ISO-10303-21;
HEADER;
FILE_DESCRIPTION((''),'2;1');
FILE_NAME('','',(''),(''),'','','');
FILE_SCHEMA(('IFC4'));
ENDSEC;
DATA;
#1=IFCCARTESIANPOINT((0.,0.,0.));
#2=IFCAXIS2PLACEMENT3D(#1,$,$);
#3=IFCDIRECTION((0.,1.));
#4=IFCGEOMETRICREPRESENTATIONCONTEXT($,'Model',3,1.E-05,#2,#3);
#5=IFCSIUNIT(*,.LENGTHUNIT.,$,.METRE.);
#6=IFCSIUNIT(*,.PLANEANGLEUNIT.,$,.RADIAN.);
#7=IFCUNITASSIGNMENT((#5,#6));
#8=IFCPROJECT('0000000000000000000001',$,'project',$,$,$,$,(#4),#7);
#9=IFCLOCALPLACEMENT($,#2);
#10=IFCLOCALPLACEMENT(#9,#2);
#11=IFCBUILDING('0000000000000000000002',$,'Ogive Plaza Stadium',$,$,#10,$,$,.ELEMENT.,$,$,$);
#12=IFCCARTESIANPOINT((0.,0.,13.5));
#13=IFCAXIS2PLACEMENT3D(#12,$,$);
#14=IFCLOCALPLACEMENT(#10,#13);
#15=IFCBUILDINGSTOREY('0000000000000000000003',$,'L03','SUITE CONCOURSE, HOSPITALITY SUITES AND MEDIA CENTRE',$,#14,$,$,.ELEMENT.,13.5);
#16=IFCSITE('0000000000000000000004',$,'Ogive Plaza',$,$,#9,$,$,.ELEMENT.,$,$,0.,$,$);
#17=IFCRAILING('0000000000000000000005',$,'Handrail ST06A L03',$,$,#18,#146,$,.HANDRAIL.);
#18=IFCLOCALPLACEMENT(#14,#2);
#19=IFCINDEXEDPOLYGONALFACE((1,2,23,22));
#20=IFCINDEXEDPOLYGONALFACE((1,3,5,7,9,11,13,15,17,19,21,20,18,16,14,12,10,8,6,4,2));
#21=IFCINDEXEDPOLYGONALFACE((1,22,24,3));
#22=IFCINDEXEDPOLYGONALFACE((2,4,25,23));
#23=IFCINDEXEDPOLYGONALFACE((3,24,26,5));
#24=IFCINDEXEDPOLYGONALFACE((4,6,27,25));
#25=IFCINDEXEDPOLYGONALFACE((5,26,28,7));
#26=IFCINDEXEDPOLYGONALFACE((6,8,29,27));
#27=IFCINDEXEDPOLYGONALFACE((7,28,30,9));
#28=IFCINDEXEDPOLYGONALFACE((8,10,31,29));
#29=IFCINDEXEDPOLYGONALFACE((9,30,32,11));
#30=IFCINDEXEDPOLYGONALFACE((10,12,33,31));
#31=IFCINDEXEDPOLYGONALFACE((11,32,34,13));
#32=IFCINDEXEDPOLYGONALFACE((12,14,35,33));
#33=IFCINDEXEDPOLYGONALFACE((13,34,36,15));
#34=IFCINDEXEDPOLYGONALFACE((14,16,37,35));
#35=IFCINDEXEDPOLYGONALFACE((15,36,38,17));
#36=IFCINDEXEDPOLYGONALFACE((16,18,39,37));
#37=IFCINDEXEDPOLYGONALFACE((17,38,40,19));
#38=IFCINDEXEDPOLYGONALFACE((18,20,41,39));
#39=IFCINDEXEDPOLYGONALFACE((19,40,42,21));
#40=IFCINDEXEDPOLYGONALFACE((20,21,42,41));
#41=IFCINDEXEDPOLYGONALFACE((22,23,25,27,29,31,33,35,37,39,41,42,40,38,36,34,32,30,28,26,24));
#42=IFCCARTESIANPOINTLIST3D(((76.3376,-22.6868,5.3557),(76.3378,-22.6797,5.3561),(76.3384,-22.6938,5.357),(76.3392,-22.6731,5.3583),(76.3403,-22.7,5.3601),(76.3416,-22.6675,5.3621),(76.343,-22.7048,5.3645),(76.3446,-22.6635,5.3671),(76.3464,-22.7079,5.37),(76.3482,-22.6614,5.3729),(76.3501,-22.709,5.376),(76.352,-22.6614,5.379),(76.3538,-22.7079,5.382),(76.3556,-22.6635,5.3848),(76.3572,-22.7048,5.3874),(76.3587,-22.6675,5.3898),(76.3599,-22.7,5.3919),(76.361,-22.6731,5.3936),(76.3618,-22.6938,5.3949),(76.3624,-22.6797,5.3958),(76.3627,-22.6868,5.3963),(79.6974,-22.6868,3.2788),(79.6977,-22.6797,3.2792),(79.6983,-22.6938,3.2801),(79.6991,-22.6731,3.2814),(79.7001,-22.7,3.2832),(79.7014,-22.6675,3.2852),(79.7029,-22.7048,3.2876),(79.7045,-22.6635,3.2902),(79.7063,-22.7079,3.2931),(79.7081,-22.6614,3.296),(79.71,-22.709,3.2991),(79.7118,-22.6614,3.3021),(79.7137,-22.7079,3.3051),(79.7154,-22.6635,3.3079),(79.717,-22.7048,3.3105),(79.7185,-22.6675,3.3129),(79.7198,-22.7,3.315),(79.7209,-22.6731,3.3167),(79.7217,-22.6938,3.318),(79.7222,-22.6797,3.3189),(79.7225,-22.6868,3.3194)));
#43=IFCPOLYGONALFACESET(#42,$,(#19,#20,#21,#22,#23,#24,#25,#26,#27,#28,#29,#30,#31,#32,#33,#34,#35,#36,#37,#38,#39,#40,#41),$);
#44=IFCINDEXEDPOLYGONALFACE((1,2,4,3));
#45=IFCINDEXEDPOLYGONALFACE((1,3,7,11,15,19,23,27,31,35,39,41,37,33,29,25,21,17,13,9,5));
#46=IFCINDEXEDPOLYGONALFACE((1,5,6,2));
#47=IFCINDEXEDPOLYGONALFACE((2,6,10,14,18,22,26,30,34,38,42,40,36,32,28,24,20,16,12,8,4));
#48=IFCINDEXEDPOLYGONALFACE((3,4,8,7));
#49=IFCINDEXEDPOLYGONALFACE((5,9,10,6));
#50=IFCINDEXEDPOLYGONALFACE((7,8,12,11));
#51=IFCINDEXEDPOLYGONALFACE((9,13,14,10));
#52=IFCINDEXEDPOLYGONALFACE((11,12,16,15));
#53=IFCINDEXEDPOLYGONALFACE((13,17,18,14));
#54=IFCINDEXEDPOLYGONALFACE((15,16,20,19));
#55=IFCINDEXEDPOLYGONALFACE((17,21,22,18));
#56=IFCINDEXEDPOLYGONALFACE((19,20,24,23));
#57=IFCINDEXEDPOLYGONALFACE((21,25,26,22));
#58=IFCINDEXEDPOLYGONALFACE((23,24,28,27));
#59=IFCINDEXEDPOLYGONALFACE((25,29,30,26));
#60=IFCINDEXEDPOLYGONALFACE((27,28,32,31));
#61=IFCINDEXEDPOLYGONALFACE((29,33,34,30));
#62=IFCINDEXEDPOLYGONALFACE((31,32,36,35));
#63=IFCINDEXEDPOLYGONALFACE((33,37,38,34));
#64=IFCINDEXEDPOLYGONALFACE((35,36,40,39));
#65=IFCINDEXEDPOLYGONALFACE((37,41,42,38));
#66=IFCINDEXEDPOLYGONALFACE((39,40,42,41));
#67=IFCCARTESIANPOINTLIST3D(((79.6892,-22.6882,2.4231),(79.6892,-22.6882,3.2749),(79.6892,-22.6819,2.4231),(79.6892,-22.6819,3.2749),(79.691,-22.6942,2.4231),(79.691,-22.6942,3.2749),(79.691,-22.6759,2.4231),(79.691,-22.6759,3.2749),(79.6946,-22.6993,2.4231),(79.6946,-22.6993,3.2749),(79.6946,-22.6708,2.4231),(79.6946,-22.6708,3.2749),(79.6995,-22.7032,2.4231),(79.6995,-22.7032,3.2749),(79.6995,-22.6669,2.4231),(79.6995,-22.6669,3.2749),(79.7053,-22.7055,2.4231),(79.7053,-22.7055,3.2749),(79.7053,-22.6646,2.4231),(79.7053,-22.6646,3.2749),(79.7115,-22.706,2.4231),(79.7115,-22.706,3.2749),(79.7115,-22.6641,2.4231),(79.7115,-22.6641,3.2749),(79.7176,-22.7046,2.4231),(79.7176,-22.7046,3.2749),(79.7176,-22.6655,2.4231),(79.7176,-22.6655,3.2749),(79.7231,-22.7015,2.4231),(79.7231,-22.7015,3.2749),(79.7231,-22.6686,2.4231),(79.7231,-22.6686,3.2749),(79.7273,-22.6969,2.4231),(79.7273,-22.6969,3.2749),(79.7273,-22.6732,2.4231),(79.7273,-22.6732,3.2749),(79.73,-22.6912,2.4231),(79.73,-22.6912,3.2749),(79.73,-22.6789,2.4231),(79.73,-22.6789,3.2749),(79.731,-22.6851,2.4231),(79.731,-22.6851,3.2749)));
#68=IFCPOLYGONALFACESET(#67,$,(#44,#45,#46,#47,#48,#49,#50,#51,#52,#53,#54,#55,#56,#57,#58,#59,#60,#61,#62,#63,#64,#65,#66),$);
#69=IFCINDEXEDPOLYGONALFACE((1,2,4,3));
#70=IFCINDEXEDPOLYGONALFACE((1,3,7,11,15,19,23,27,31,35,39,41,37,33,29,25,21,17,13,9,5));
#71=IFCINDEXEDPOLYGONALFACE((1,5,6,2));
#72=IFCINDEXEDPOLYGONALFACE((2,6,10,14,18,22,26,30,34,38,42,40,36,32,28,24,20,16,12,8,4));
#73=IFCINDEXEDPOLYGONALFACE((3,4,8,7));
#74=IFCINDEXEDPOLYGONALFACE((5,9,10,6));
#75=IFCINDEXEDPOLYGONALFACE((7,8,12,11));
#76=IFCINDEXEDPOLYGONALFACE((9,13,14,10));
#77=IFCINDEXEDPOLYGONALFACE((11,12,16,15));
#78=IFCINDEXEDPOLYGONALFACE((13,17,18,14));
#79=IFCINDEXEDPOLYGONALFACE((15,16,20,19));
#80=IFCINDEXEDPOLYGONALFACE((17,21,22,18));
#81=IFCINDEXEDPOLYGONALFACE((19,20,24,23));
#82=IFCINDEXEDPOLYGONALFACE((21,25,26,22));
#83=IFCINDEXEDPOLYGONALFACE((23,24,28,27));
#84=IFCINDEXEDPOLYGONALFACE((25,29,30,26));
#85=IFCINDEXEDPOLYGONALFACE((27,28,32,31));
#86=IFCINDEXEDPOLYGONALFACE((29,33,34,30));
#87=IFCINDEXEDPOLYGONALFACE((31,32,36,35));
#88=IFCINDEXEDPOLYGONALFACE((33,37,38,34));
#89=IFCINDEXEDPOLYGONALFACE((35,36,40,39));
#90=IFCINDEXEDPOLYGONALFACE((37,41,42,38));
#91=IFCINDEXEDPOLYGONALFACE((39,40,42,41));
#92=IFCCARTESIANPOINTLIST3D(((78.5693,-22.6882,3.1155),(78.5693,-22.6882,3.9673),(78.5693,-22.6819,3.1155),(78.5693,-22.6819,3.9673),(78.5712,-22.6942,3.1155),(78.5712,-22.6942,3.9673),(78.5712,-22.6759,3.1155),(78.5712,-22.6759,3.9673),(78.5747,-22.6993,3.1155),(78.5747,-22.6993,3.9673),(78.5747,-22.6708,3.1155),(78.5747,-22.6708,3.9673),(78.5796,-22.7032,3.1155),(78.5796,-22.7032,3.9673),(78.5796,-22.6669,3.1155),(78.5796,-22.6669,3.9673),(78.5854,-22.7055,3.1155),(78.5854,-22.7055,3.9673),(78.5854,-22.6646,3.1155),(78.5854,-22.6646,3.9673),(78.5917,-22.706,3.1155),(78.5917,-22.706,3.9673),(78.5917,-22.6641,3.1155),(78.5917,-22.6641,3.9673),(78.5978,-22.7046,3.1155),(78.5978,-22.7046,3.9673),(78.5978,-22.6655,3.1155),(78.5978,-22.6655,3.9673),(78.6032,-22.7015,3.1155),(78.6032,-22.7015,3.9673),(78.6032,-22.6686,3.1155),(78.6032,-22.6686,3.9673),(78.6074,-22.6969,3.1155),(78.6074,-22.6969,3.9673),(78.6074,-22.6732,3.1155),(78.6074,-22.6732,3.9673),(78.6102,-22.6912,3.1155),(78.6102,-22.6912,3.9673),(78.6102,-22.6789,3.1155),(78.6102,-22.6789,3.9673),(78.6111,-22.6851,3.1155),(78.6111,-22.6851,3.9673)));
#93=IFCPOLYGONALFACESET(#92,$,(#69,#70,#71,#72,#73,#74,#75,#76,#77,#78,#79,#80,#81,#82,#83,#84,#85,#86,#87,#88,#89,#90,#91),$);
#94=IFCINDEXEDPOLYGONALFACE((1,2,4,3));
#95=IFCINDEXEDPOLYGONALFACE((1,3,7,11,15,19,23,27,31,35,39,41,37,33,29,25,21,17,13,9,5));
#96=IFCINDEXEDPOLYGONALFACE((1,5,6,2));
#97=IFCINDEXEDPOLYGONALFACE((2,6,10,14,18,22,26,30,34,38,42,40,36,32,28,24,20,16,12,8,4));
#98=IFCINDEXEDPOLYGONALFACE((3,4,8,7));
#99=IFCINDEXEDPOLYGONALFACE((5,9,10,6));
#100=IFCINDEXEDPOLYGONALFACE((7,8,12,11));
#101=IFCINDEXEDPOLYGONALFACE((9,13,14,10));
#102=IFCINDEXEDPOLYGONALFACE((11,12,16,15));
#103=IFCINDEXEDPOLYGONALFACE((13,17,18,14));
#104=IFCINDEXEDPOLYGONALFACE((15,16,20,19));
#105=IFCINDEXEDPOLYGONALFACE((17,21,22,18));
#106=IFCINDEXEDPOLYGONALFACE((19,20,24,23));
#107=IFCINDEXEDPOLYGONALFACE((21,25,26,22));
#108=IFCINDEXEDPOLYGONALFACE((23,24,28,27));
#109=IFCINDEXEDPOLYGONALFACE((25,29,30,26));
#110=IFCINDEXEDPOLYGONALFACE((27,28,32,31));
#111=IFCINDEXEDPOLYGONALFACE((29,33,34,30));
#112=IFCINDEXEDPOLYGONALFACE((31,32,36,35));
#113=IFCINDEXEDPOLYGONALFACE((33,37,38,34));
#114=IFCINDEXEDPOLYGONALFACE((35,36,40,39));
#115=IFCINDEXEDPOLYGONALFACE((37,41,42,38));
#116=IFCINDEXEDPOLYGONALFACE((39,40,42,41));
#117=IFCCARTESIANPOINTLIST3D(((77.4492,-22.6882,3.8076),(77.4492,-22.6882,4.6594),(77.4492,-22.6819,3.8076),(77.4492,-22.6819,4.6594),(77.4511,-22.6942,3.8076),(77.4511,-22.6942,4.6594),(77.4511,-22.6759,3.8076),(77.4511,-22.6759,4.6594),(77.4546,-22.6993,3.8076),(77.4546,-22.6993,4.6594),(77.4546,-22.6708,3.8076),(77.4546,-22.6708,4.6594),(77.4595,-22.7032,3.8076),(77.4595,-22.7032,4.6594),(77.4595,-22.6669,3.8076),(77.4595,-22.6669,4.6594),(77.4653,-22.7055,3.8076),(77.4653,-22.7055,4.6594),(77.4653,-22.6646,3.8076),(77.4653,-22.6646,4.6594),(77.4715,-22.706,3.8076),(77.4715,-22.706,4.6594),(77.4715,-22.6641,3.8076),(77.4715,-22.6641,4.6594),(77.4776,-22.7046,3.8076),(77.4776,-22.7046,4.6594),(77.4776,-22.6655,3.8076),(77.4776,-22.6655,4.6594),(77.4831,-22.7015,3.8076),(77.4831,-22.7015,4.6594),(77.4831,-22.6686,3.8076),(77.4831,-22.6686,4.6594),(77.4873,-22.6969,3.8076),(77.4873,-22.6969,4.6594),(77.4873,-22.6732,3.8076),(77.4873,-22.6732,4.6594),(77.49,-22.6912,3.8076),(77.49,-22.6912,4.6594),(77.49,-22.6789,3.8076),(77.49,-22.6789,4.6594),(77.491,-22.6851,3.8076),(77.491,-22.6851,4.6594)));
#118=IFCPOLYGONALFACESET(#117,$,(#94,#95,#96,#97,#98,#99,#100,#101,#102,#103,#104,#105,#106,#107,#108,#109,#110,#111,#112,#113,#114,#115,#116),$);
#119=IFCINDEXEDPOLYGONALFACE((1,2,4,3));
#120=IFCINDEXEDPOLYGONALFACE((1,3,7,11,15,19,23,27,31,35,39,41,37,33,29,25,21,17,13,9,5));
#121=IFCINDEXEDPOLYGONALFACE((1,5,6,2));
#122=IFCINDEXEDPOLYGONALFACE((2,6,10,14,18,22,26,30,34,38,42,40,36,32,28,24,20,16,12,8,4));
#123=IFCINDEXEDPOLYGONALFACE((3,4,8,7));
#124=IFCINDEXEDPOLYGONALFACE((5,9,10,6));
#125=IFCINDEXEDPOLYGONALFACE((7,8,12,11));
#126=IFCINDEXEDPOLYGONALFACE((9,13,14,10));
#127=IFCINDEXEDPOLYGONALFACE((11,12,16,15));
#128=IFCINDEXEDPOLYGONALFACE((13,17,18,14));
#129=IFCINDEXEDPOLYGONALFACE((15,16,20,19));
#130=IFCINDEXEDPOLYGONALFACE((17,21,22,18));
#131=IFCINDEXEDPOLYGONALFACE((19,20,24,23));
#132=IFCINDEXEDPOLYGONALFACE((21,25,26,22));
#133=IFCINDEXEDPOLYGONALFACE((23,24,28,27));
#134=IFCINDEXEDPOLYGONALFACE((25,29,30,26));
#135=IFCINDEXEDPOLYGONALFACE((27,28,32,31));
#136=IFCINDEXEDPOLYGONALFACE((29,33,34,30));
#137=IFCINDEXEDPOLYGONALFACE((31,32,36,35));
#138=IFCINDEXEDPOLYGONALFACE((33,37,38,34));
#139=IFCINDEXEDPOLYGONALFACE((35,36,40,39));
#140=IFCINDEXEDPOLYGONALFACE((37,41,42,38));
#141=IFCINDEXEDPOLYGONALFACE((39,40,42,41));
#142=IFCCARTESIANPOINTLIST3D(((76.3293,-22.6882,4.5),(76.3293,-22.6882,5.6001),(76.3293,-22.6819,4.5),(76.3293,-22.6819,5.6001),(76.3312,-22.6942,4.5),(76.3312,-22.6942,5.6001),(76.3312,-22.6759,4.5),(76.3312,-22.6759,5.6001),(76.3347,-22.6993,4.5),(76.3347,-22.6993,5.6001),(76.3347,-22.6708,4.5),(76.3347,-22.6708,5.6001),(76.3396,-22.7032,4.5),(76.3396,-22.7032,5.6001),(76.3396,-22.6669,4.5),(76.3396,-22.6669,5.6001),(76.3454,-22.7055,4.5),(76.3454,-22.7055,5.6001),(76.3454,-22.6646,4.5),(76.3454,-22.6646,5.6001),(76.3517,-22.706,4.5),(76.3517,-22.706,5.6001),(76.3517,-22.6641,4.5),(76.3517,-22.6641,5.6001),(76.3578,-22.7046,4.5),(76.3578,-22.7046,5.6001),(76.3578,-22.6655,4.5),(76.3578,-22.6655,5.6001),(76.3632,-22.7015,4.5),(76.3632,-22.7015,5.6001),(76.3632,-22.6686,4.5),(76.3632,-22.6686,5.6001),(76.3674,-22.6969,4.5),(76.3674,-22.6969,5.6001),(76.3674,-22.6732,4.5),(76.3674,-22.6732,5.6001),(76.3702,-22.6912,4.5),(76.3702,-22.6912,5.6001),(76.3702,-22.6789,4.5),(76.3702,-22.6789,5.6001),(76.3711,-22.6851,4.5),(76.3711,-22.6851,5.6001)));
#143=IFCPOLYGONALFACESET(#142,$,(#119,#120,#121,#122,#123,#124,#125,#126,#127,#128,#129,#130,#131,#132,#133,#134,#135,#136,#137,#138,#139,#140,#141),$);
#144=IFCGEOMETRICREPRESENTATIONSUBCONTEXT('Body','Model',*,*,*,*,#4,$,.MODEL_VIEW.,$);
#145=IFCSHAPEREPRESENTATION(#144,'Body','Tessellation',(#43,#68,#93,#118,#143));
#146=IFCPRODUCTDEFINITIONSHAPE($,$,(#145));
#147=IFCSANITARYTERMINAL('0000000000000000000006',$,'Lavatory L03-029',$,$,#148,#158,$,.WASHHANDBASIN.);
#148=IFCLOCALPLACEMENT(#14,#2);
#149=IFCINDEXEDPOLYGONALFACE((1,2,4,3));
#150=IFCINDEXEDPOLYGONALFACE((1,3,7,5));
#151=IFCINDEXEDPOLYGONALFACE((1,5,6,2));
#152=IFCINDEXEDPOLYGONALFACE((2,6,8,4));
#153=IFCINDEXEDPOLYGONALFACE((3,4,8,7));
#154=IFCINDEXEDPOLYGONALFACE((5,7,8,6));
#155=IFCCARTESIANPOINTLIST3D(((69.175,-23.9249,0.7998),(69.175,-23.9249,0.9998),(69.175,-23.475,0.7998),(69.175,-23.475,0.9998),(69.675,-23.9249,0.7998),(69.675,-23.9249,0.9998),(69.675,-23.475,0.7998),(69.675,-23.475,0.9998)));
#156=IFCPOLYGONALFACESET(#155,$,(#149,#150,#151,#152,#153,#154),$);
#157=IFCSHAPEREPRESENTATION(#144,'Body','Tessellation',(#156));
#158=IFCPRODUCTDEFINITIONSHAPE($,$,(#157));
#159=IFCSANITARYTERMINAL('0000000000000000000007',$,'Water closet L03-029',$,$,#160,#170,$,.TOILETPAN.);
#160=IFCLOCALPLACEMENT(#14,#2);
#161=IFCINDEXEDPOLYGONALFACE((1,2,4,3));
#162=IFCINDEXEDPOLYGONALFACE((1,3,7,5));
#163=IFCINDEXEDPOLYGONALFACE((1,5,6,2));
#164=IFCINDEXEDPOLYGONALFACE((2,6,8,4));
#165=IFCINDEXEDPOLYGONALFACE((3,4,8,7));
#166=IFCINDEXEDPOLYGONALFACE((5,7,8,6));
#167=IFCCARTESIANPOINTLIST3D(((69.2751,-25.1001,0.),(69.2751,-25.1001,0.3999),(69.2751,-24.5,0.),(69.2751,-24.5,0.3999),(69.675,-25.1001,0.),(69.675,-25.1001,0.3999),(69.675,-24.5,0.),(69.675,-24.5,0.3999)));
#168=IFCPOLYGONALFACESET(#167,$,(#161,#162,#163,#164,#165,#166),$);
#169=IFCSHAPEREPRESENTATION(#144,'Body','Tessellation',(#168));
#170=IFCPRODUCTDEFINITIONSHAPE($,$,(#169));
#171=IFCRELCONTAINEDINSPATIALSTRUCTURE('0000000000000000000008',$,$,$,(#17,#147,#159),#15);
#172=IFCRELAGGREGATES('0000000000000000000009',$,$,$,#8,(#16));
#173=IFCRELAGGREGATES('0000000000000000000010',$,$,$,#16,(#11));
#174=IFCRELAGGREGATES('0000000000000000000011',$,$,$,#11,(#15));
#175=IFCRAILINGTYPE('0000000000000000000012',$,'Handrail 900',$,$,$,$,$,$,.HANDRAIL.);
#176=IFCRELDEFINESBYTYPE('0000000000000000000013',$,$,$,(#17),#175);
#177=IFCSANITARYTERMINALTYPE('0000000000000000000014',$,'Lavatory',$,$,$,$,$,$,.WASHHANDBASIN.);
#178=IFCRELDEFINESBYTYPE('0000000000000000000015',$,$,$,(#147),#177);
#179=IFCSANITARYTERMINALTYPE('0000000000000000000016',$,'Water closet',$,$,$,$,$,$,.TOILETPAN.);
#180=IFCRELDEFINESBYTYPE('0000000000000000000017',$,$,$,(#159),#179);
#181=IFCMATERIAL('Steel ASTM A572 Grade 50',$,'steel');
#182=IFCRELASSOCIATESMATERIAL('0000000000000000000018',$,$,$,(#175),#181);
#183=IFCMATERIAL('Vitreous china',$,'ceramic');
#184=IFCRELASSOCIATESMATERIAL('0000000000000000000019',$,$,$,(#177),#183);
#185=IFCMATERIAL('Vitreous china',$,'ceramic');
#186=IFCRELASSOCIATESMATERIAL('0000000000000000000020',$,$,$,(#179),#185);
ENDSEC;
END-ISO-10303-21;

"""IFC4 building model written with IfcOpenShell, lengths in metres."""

from ifc_helpers import new_model, si_unit, direction, frame, origin, origin_2d, place, context, subcontext, project, spatial, rectangle, circle, extrude, material, type_object, element, save


model = new_model("IFC4")

# Units and contexts
model_context = context("Model", 3, precision=1e-05, world=origin(), true_north=direction((0.0, 1.0)))
body_context = subcontext(model_context, "Body", "Model", "MODEL_VIEW")
ifc_project = project(units=[si_unit("LENGTHUNIT", "METRE"), si_unit("PLANEANGLEUNIT", "RADIAN")], contexts=[model_context])

# Site, building, storey
site_placement = place(None, origin())
site = spatial("IfcSite", under=ifc_project, at=site_placement, Name="Ogive Plaza", CompositionType="ELEMENT", RefElevation=0.0)
building_placement = place(site_placement, origin())
building = spatial("IfcBuilding", under=site, at=building_placement, Name="Ogive Plaza Stadium", CompositionType="ELEMENT")
storey_placement = place(building_placement, frame((0.0, 0.0, 13.5)))
storey = spatial("IfcBuildingStorey", under=building, at=storey_placement, Name="L03", Description="SUITE CONCOURSE, HOSPITALITY SUITES AND MEDIA CENTRE", CompositionType="ELEMENT", Elevation=13.5)

# Railing
ifc_material_1 = material(Name="Steel ASTM A572 Grade 50", Category="steel")
railing_type_1 = type_object("IfcRailingType", Name="Handrail 900", PredefinedType="HANDRAIL", material=ifc_material_1)
for number, where, name in (
    (1, (79.71, -22.6851, 2.4231), "Handrail ST06A L03"),
):
    element("IfcRailing", number, at=place(storey_placement, frame(where)), inside=storey, type_object=railing_type_1, Name=name, PredefinedType="HANDRAIL", context=body_context, shape_type="SweptSolid", body=[
        extrude(circle(Radius=0.0239, at=origin_2d()), frame((0.0, 0.0, 0.876), z_axis=(-0.850606, 0.0, 0.525803), x_axis=(0.0, -1.0, 0.0)), (0.0, 0.0, 1.0), 3.95),
        extrude(circle(Radius=0.021, at=origin_2d()), origin(), (0.0, 0.0, 1.0), 0.8518),
        extrude(circle(Radius=0.021, at=origin_2d()), frame((-1.1199, 0.0, 0.6924)), (0.0, 0.0, 1.0), 0.8518),
        extrude(circle(Radius=0.021, at=origin_2d()), frame((-2.24, 0.0, 1.3845)), (0.0, 0.0, 1.0), 0.8518),
        extrude(circle(Radius=0.021, at=origin_2d()), frame((-3.3599, 0.0, 2.0769)), (0.0, 0.0, 1.0), 1.1001),
    ])

# Sanitary terminals
ifc_material_2 = material(Name="Vitreous china", Category="ceramic")
sanitary_terminal_type_1 = type_object("IfcSanitaryTerminalType", Name="Lavatory", PredefinedType="WASHHANDBASIN", material=ifc_material_2)
sanitary_terminal_1_placement = place(storey_placement, frame((69.425, -23.7, 0.7998), z_axis=(0.0, 0.0, 1.0), x_axis=(-1.0, 0.0, 0.0)))
element("IfcSanitaryTerminal", 2, at=sanitary_terminal_1_placement, inside=storey, type_object=sanitary_terminal_type_1, Name="Lavatory L03-029", PredefinedType="WASHHANDBASIN", context=body_context, shape_type="SweptSolid", body=[
    extrude(rectangle(XDim=0.5, YDim=0.45, at=origin_2d()), origin(), (0.0, 0.0, 1.0), 0.2),
])
ifc_material_3 = material(Name="Vitreous china", Category="ceramic")
sanitary_terminal_type_2 = type_object("IfcSanitaryTerminalType", Name="Water closet", PredefinedType="TOILETPAN", material=ifc_material_3)
sanitary_terminal_2_placement = place(storey_placement, frame((69.4751, -24.8, 0.0), z_axis=(0.0, 0.0, 1.0), x_axis=(-1.0, 0.0, 0.0)))
element("IfcSanitaryTerminal", 3, at=sanitary_terminal_2_placement, inside=storey, type_object=sanitary_terminal_type_2, Name="Water closet L03-029", PredefinedType="TOILETPAN", context=body_context, shape_type="SweptSolid", body=[
    extrude(rectangle(XDim=0.3999, YDim=0.6001, at=origin_2d()), origin(), (0.0, 0.0, 1.0), 0.3999),
])

save(model, "model.ifc")
